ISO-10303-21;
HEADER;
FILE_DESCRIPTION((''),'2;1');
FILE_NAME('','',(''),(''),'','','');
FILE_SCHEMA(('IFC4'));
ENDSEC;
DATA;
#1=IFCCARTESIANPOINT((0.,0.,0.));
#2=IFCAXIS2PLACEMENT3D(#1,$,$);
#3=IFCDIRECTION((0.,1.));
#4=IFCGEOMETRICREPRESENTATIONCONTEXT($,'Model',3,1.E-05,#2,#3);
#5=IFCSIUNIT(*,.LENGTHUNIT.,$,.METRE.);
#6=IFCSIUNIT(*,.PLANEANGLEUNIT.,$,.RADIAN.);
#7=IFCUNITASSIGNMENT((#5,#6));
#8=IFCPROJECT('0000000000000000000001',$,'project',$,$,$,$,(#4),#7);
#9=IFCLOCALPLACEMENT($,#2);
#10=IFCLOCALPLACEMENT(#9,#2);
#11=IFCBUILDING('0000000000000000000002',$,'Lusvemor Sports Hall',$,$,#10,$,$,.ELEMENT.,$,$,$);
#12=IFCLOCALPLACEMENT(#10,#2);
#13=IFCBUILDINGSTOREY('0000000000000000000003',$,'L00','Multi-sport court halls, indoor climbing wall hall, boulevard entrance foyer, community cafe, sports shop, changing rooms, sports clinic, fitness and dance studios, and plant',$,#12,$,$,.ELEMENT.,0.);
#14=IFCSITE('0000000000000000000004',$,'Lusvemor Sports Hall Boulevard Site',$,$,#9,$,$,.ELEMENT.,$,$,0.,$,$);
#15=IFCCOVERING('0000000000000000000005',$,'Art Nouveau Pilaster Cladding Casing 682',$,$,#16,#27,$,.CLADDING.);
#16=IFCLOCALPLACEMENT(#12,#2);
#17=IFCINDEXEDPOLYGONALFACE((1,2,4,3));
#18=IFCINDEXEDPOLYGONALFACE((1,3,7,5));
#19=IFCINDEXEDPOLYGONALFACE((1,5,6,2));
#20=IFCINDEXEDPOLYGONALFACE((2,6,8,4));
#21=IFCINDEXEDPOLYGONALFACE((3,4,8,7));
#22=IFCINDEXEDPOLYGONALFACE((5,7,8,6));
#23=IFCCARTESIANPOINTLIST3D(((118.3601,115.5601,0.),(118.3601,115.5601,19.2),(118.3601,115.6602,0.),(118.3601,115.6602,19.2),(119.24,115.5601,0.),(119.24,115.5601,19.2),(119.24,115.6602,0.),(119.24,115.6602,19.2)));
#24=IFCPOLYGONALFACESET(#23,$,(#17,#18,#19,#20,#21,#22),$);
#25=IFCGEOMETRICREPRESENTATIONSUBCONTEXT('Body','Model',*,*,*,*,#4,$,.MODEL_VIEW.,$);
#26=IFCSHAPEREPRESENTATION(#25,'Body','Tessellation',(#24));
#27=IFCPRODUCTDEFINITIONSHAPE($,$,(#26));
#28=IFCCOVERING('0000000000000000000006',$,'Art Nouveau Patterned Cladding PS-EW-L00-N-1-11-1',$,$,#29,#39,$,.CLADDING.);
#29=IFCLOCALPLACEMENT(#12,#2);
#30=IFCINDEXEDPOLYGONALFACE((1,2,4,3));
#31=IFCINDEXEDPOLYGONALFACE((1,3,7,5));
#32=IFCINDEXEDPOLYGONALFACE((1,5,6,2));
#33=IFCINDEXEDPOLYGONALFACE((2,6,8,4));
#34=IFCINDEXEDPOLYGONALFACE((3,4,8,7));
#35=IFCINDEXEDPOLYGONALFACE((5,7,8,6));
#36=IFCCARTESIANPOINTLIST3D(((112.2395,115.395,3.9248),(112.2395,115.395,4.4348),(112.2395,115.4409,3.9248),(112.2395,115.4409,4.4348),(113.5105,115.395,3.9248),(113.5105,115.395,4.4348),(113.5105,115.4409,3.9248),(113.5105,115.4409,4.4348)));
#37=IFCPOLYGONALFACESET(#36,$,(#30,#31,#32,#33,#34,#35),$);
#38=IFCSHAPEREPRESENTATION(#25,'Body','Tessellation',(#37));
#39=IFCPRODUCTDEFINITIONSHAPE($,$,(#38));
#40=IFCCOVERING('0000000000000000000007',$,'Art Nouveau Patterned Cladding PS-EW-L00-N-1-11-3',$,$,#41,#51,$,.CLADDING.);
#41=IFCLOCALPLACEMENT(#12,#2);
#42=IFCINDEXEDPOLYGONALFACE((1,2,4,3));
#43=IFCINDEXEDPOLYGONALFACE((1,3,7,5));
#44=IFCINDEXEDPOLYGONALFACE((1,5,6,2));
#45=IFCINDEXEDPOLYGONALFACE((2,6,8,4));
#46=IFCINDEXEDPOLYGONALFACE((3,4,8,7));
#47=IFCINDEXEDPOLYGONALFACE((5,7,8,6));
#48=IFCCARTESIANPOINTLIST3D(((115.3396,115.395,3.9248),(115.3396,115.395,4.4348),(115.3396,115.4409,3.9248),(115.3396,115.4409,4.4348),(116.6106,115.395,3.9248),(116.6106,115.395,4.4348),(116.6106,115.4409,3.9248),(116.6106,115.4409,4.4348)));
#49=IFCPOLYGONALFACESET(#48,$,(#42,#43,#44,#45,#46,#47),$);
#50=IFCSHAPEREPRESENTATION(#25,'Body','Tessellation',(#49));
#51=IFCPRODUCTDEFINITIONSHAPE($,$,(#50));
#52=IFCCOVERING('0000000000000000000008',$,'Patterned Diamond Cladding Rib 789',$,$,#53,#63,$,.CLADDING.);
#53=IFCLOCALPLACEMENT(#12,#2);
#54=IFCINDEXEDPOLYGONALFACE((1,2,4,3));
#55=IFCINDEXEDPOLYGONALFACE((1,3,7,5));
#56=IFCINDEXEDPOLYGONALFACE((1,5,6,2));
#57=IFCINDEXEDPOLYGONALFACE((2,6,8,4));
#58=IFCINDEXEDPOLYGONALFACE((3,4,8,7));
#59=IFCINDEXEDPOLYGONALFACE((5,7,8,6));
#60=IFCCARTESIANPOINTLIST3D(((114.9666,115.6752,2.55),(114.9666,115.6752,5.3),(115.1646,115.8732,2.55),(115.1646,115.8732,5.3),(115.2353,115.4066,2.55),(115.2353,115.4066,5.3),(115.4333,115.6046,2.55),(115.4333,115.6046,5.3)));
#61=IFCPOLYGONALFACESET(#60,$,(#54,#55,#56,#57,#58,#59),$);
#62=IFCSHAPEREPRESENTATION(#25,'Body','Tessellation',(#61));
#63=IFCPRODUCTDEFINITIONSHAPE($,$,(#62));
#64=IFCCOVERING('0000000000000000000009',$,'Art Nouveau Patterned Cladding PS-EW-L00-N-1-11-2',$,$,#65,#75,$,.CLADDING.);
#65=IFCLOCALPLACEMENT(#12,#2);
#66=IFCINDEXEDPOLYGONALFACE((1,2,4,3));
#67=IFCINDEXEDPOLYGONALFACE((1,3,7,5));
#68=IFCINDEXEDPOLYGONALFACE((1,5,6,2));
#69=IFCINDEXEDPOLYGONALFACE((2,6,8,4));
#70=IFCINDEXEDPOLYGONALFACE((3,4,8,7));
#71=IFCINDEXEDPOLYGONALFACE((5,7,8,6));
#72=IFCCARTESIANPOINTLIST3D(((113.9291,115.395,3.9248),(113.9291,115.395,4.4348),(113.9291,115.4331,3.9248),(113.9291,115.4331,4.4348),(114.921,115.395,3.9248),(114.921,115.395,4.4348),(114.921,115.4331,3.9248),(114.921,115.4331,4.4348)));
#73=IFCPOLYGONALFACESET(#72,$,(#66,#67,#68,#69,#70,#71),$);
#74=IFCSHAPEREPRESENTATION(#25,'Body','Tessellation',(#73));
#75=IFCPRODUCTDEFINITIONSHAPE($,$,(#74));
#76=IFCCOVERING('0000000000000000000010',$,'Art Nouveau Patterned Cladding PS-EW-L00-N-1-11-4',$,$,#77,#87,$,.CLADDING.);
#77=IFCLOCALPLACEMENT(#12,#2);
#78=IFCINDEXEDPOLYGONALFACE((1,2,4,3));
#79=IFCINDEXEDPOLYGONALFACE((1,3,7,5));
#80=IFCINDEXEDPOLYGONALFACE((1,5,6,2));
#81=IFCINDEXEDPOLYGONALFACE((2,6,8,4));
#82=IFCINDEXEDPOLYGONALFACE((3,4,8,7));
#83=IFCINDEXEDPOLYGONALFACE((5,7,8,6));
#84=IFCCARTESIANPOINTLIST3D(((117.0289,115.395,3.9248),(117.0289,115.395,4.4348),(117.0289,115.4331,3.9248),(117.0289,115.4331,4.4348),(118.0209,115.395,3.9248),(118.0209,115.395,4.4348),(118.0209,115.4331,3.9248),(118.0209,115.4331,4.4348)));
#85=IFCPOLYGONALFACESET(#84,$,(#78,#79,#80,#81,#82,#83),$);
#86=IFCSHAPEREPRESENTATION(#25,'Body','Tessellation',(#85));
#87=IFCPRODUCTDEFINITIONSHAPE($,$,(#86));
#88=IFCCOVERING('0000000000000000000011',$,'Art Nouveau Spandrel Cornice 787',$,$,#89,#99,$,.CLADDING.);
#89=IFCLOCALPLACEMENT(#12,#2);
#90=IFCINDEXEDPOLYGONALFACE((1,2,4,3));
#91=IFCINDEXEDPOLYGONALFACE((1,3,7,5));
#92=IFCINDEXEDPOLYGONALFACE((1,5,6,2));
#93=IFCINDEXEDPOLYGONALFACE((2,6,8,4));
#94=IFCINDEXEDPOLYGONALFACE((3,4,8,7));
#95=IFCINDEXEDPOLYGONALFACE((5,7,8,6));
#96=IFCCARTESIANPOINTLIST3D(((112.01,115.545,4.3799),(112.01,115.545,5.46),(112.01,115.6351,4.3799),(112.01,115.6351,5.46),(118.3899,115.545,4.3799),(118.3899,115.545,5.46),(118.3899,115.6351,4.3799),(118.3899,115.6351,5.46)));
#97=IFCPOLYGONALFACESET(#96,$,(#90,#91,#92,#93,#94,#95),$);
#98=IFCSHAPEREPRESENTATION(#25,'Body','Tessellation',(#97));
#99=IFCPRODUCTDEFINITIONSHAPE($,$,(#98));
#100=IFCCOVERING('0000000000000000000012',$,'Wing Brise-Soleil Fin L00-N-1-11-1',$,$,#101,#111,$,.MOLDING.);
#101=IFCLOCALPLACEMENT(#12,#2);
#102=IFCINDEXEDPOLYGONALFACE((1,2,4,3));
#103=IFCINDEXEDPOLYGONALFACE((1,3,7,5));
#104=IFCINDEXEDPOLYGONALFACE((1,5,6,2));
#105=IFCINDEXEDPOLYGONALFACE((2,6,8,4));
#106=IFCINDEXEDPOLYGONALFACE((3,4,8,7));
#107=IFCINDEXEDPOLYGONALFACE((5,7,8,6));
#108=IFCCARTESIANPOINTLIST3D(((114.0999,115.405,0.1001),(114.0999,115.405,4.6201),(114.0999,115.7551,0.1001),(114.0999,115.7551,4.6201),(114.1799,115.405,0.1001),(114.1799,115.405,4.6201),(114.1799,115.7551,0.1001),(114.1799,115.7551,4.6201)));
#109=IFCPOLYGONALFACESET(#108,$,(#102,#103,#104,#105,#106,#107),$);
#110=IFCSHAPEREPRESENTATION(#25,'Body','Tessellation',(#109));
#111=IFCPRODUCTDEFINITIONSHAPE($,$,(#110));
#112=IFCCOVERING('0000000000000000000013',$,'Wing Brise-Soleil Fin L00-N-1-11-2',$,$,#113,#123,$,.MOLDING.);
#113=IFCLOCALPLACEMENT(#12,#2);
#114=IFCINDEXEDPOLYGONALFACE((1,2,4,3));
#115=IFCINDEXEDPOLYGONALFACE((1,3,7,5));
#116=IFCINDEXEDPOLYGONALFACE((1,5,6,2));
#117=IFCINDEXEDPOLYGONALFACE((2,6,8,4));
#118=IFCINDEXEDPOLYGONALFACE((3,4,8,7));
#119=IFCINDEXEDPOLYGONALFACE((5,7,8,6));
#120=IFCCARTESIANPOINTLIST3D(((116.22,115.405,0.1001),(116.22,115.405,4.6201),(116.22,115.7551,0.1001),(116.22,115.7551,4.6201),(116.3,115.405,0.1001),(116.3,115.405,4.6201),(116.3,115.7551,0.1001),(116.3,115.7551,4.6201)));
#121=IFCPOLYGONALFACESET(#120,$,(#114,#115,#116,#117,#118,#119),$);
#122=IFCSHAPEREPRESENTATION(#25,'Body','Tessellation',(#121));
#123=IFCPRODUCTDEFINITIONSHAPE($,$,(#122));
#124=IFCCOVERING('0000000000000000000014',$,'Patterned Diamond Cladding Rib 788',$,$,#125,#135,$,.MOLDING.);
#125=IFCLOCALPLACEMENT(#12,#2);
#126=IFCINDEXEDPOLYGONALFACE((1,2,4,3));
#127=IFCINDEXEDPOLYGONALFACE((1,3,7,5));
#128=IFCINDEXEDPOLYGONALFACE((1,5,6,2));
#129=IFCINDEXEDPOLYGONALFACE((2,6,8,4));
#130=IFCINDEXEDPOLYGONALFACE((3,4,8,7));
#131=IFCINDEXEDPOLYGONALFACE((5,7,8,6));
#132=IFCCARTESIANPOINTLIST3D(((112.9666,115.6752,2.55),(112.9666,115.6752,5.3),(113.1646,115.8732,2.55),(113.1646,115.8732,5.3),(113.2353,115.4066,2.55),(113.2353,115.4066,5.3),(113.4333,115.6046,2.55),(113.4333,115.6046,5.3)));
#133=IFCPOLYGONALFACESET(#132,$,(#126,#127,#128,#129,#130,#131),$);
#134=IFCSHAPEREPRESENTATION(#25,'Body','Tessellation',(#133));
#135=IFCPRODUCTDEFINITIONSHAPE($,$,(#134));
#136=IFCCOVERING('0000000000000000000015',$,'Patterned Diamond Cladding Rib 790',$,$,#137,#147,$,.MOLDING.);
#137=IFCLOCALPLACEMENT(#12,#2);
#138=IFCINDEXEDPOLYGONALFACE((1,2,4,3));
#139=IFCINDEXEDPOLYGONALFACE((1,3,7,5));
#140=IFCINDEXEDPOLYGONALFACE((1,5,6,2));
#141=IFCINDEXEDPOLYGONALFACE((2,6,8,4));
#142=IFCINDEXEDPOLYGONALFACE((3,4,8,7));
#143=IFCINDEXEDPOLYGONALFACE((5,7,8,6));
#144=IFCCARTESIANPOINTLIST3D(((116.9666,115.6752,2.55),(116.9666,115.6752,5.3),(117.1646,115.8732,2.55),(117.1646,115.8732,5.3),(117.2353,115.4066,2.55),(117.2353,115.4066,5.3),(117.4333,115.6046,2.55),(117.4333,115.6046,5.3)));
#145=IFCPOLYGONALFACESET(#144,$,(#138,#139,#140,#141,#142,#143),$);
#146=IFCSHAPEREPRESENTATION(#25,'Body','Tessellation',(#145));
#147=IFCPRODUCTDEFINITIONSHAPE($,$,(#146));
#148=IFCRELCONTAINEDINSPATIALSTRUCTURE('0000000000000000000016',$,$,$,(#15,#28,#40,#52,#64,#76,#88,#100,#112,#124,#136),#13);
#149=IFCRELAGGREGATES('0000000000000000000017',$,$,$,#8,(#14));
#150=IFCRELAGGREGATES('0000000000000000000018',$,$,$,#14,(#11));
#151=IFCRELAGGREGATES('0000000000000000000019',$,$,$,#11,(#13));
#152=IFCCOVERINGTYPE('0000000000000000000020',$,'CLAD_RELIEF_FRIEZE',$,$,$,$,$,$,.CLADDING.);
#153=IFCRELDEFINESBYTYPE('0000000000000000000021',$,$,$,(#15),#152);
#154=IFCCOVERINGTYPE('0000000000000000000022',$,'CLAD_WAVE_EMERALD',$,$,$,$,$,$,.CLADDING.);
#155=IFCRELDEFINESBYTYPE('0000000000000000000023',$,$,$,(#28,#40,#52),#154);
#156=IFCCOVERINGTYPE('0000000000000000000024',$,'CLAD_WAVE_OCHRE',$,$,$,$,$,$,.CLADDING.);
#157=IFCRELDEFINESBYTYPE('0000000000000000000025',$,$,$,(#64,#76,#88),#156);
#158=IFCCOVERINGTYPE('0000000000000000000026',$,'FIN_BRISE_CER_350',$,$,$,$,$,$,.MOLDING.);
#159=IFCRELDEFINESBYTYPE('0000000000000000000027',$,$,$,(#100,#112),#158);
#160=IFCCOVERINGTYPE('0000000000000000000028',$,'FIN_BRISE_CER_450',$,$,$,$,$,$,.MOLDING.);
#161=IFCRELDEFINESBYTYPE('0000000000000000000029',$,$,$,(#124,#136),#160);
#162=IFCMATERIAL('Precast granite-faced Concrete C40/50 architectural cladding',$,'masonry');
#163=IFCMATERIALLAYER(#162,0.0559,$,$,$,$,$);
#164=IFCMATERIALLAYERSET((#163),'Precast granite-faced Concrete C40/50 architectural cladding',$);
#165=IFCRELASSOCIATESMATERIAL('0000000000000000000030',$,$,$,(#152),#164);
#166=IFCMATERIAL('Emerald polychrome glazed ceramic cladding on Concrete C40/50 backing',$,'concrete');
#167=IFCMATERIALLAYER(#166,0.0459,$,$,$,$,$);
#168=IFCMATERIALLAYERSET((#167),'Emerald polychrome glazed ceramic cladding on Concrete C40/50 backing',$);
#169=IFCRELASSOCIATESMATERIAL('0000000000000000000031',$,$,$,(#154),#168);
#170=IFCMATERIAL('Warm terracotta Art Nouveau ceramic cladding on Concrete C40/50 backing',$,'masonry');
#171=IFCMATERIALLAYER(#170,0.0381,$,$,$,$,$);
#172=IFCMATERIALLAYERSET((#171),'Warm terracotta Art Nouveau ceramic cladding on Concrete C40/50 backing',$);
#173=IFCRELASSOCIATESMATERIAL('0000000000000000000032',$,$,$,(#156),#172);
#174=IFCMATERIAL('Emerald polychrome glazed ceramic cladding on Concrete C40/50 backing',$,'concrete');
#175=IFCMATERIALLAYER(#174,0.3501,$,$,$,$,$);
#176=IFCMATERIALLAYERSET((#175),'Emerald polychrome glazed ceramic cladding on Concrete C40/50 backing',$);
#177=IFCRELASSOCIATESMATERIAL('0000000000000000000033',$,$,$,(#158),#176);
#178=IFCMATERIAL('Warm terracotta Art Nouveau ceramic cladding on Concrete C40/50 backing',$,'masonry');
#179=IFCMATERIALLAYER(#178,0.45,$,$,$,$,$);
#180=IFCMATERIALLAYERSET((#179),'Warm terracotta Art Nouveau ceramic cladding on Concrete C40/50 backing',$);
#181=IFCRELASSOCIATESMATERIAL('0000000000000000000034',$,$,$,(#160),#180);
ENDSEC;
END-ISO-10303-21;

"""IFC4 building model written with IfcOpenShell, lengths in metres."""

from ifc_helpers import new_model, si_unit, direction, frame, origin, origin_2d, place, context, subcontext, project, spatial, rectangle, extrude, material, layer, layer_set, type_object, element, save


model = new_model("IFC4")

# Units and contexts
model_context = context("Model", 3, precision=1e-05, world=origin(), true_north=direction((0.0, 1.0)))
body_context = subcontext(model_context, "Body", "Model", "MODEL_VIEW")
ifc_project = project(units=[si_unit("LENGTHUNIT", "METRE"), si_unit("PLANEANGLEUNIT", "RADIAN")], contexts=[model_context])

# Site, building, storey
site_placement = place(None, origin())
site = spatial("IfcSite", under=ifc_project, at=site_placement, Name="Lusvemor Sports Hall Boulevard Site", CompositionType="ELEMENT", RefElevation=0.0)
building_placement = place(site_placement, origin())
building = spatial("IfcBuilding", under=site, at=building_placement, Name="Lusvemor Sports Hall", CompositionType="ELEMENT")
storey_placement = place(building_placement, origin())
storey = spatial("IfcBuildingStorey", under=building, at=storey_placement, Name="L00", Description="Multi-sport court halls, indoor climbing wall hall, boulevard entrance foyer, community cafe, sports shop, changing rooms, sports clinic, fitness and dance studios, and plant", CompositionType="ELEMENT", Elevation=0.0)

# Coverings
ifc_material_1 = material(Name="Precast granite-faced Concrete C40/50 architectural cladding", Category="masonry")
ifc_layer_1 = layer(ifc_material_1, 0.0559)
ifc_layer_set_1 = layer_set([ifc_layer_1], Name="Precast granite-faced Concrete C40/50 architectural cladding")
covering_type_1 = type_object("IfcCoveringType", Name="CLAD_RELIEF_FRIEZE", PredefinedType="CLADDING", material=ifc_layer_set_1)
for number, where, z_axis, x_axis, name in (
    (1, (118.8, 115.6101, 0.0), (0.0, 0.0, 1.0), (1.0, 0.0, 0.0), "Art Nouveau Pilaster Cladding Casing 682"),
):
    element("IfcCovering", number, at=place(storey_placement, frame(where, z_axis=z_axis, x_axis=x_axis)), inside=storey, type_object=covering_type_1, Name=name, PredefinedType="CLADDING", context=body_context, shape_type="SweptSolid", body=[
        extrude(rectangle(XDim=0.8799, YDim=0.1001, at=origin_2d()), origin(), (0.0, 0.0, 1.0), 19.2),
    ])
ifc_material_2 = material(Name="Emerald polychrome glazed ceramic cladding on Concrete C40/50 backing", Category="concrete")
ifc_layer_2 = layer(ifc_material_2, 0.0459)
ifc_layer_set_2 = layer_set([ifc_layer_2], Name="Emerald polychrome glazed ceramic cladding on Concrete C40/50 backing")
covering_type_2 = type_object("IfcCoveringType", Name="CLAD_WAVE_EMERALD", PredefinedType="CLADDING", material=ifc_layer_set_2)
for number, where, z_axis, x_axis, name in (
    (2, (112.875, 115.418, 3.9248), (0.0, 0.0, 1.0), (1.0, 0.0, 0.0), "Art Nouveau Patterned Cladding PS-EW-L00-N-1-11-1"),
    (3, (115.9751, 115.418, 3.9248), (0.0, 0.0, 1.0), (1.0, 0.0, 0.0), "Art Nouveau Patterned Cladding PS-EW-L00-N-1-11-3"),
):
    element("IfcCovering", number, at=place(storey_placement, frame(where, z_axis=z_axis, x_axis=x_axis)), inside=storey, type_object=covering_type_2, Name=name, PredefinedType="CLADDING", context=body_context, shape_type="SweptSolid", body=[
        extrude(rectangle(XDim=1.271, YDim=0.0459, at=origin_2d()), origin(), (0.0, 0.0, 1.0), 0.51),
    ])
covering_1_placement = place(storey_placement, frame((115.2, 115.6399, 2.55), z_axis=(0.0, 0.0, 1.0), x_axis=(0.707107, 0.707107, 0.0)))
element("IfcCovering", 4, at=covering_1_placement, inside=storey, type_object=covering_type_2, Name="Patterned Diamond Cladding Rib 789", PredefinedType="CLADDING", context=body_context, shape_type="SweptSolid", body=[
    extrude(rectangle(XDim=0.28, YDim=0.3799, at=origin_2d()), origin(), (0.0, 0.0, 1.0), 2.75),
])
ifc_material_3 = material(Name="Warm terracotta Art Nouveau ceramic cladding on Concrete C40/50 backing", Category="masonry")
ifc_layer_3 = layer(ifc_material_3, 0.0381)
ifc_layer_set_3 = layer_set([ifc_layer_3], Name="Warm terracotta Art Nouveau ceramic cladding on Concrete C40/50 backing")
covering_type_3 = type_object("IfcCoveringType", Name="CLAD_WAVE_OCHRE", PredefinedType="CLADDING", material=ifc_layer_set_3)
for number, where, z_axis, x_axis, name in (
    (5, (114.425, 115.4141, 3.9248), (0.0, 0.0, 1.0), (1.0, 0.0, 0.0), "Art Nouveau Patterned Cladding PS-EW-L00-N-1-11-2"),
    (6, (117.5249, 115.4141, 3.9248), (0.0, 0.0, 1.0), (1.0, 0.0, 0.0), "Art Nouveau Patterned Cladding PS-EW-L00-N-1-11-4"),
):
    element("IfcCovering", number, at=place(storey_placement, frame(where, z_axis=z_axis, x_axis=x_axis)), inside=storey, type_object=covering_type_3, Name=name, PredefinedType="CLADDING", context=body_context, shape_type="SweptSolid", body=[
        extrude(rectangle(XDim=0.9919, YDim=0.0381, at=origin_2d()), origin(), (0.0, 0.0, 1.0), 0.51),
    ])
covering_2_placement = place(storey_placement, frame((115.2, 115.5901, 4.3799), z_axis=(0.0, 0.0, 1.0), x_axis=(1.0, 0.0, 0.0)))
element("IfcCovering", 7, at=covering_2_placement, inside=storey, type_object=covering_type_3, Name="Art Nouveau Spandrel Cornice 787", PredefinedType="CLADDING", context=body_context, shape_type="SweptSolid", body=[
    extrude(rectangle(XDim=6.3799, YDim=0.0901, at=origin_2d()), origin(), (0.0, 0.0, 1.0), 1.0801),
])
ifc_material_4 = material(Name="Emerald polychrome glazed ceramic cladding on Concrete C40/50 backing", Category="concrete")
ifc_layer_4 = layer(ifc_material_4, 0.3501)
ifc_layer_set_4 = layer_set([ifc_layer_4], Name="Emerald polychrome glazed ceramic cladding on Concrete C40/50 backing")
covering_type_4 = type_object("IfcCoveringType", Name="FIN_BRISE_CER_350", PredefinedType="MOLDING", material=ifc_layer_set_4)
for number, where, z_axis, x_axis, name in (
    (8, (114.1399, 115.5801, 0.1001), (0.0, 0.0, 1.0), (1.0, 0.0, 0.0), "Wing Brise-Soleil Fin L00-N-1-11-1"),
    (9, (116.26, 115.5801, 0.1001), (0.0, 0.0, 1.0), (1.0, 0.0, 0.0), "Wing Brise-Soleil Fin L00-N-1-11-2"),
):
    element("IfcCovering", number, at=place(storey_placement, frame(where, z_axis=z_axis, x_axis=x_axis)), inside=storey, type_object=covering_type_4, Name=name, PredefinedType="MOLDING", context=body_context, shape_type="SweptSolid", body=[
        extrude(rectangle(XDim=0.0801, YDim=0.3501, at=origin_2d()), origin(), (0.0, 0.0, 1.0), 4.52),
    ])
ifc_material_5 = material(Name="Warm terracotta Art Nouveau ceramic cladding on Concrete C40/50 backing", Category="masonry")
ifc_layer_5 = layer(ifc_material_5, 0.45)
ifc_layer_set_5 = layer_set([ifc_layer_5], Name="Warm terracotta Art Nouveau ceramic cladding on Concrete C40/50 backing")
covering_type_5 = type_object("IfcCoveringType", Name="FIN_BRISE_CER_450", PredefinedType="MOLDING", material=ifc_layer_set_5)
for number, where, z_axis, x_axis, name in (
    (10, (113.2, 115.6399, 2.55), (0.0, 0.0, 1.0), (0.707107, 0.707107, 0.0), "Patterned Diamond Cladding Rib 788"),
    (11, (117.2, 115.6399, 2.55), (0.0, 0.0, 1.0), (0.707107, 0.707107, 0.0), "Patterned Diamond Cladding Rib 790"),
):
    element("IfcCovering", number, at=place(storey_placement, frame(where, z_axis=z_axis, x_axis=x_axis)), inside=storey, type_object=covering_type_5, Name=name, PredefinedType="MOLDING", context=body_context, shape_type="SweptSolid", body=[
        extrude(rectangle(XDim=0.28, YDim=0.3799, at=origin_2d()), origin(), (0.0, 0.0, 1.0), 2.75),
    ])

save(model, "model.ifc")
